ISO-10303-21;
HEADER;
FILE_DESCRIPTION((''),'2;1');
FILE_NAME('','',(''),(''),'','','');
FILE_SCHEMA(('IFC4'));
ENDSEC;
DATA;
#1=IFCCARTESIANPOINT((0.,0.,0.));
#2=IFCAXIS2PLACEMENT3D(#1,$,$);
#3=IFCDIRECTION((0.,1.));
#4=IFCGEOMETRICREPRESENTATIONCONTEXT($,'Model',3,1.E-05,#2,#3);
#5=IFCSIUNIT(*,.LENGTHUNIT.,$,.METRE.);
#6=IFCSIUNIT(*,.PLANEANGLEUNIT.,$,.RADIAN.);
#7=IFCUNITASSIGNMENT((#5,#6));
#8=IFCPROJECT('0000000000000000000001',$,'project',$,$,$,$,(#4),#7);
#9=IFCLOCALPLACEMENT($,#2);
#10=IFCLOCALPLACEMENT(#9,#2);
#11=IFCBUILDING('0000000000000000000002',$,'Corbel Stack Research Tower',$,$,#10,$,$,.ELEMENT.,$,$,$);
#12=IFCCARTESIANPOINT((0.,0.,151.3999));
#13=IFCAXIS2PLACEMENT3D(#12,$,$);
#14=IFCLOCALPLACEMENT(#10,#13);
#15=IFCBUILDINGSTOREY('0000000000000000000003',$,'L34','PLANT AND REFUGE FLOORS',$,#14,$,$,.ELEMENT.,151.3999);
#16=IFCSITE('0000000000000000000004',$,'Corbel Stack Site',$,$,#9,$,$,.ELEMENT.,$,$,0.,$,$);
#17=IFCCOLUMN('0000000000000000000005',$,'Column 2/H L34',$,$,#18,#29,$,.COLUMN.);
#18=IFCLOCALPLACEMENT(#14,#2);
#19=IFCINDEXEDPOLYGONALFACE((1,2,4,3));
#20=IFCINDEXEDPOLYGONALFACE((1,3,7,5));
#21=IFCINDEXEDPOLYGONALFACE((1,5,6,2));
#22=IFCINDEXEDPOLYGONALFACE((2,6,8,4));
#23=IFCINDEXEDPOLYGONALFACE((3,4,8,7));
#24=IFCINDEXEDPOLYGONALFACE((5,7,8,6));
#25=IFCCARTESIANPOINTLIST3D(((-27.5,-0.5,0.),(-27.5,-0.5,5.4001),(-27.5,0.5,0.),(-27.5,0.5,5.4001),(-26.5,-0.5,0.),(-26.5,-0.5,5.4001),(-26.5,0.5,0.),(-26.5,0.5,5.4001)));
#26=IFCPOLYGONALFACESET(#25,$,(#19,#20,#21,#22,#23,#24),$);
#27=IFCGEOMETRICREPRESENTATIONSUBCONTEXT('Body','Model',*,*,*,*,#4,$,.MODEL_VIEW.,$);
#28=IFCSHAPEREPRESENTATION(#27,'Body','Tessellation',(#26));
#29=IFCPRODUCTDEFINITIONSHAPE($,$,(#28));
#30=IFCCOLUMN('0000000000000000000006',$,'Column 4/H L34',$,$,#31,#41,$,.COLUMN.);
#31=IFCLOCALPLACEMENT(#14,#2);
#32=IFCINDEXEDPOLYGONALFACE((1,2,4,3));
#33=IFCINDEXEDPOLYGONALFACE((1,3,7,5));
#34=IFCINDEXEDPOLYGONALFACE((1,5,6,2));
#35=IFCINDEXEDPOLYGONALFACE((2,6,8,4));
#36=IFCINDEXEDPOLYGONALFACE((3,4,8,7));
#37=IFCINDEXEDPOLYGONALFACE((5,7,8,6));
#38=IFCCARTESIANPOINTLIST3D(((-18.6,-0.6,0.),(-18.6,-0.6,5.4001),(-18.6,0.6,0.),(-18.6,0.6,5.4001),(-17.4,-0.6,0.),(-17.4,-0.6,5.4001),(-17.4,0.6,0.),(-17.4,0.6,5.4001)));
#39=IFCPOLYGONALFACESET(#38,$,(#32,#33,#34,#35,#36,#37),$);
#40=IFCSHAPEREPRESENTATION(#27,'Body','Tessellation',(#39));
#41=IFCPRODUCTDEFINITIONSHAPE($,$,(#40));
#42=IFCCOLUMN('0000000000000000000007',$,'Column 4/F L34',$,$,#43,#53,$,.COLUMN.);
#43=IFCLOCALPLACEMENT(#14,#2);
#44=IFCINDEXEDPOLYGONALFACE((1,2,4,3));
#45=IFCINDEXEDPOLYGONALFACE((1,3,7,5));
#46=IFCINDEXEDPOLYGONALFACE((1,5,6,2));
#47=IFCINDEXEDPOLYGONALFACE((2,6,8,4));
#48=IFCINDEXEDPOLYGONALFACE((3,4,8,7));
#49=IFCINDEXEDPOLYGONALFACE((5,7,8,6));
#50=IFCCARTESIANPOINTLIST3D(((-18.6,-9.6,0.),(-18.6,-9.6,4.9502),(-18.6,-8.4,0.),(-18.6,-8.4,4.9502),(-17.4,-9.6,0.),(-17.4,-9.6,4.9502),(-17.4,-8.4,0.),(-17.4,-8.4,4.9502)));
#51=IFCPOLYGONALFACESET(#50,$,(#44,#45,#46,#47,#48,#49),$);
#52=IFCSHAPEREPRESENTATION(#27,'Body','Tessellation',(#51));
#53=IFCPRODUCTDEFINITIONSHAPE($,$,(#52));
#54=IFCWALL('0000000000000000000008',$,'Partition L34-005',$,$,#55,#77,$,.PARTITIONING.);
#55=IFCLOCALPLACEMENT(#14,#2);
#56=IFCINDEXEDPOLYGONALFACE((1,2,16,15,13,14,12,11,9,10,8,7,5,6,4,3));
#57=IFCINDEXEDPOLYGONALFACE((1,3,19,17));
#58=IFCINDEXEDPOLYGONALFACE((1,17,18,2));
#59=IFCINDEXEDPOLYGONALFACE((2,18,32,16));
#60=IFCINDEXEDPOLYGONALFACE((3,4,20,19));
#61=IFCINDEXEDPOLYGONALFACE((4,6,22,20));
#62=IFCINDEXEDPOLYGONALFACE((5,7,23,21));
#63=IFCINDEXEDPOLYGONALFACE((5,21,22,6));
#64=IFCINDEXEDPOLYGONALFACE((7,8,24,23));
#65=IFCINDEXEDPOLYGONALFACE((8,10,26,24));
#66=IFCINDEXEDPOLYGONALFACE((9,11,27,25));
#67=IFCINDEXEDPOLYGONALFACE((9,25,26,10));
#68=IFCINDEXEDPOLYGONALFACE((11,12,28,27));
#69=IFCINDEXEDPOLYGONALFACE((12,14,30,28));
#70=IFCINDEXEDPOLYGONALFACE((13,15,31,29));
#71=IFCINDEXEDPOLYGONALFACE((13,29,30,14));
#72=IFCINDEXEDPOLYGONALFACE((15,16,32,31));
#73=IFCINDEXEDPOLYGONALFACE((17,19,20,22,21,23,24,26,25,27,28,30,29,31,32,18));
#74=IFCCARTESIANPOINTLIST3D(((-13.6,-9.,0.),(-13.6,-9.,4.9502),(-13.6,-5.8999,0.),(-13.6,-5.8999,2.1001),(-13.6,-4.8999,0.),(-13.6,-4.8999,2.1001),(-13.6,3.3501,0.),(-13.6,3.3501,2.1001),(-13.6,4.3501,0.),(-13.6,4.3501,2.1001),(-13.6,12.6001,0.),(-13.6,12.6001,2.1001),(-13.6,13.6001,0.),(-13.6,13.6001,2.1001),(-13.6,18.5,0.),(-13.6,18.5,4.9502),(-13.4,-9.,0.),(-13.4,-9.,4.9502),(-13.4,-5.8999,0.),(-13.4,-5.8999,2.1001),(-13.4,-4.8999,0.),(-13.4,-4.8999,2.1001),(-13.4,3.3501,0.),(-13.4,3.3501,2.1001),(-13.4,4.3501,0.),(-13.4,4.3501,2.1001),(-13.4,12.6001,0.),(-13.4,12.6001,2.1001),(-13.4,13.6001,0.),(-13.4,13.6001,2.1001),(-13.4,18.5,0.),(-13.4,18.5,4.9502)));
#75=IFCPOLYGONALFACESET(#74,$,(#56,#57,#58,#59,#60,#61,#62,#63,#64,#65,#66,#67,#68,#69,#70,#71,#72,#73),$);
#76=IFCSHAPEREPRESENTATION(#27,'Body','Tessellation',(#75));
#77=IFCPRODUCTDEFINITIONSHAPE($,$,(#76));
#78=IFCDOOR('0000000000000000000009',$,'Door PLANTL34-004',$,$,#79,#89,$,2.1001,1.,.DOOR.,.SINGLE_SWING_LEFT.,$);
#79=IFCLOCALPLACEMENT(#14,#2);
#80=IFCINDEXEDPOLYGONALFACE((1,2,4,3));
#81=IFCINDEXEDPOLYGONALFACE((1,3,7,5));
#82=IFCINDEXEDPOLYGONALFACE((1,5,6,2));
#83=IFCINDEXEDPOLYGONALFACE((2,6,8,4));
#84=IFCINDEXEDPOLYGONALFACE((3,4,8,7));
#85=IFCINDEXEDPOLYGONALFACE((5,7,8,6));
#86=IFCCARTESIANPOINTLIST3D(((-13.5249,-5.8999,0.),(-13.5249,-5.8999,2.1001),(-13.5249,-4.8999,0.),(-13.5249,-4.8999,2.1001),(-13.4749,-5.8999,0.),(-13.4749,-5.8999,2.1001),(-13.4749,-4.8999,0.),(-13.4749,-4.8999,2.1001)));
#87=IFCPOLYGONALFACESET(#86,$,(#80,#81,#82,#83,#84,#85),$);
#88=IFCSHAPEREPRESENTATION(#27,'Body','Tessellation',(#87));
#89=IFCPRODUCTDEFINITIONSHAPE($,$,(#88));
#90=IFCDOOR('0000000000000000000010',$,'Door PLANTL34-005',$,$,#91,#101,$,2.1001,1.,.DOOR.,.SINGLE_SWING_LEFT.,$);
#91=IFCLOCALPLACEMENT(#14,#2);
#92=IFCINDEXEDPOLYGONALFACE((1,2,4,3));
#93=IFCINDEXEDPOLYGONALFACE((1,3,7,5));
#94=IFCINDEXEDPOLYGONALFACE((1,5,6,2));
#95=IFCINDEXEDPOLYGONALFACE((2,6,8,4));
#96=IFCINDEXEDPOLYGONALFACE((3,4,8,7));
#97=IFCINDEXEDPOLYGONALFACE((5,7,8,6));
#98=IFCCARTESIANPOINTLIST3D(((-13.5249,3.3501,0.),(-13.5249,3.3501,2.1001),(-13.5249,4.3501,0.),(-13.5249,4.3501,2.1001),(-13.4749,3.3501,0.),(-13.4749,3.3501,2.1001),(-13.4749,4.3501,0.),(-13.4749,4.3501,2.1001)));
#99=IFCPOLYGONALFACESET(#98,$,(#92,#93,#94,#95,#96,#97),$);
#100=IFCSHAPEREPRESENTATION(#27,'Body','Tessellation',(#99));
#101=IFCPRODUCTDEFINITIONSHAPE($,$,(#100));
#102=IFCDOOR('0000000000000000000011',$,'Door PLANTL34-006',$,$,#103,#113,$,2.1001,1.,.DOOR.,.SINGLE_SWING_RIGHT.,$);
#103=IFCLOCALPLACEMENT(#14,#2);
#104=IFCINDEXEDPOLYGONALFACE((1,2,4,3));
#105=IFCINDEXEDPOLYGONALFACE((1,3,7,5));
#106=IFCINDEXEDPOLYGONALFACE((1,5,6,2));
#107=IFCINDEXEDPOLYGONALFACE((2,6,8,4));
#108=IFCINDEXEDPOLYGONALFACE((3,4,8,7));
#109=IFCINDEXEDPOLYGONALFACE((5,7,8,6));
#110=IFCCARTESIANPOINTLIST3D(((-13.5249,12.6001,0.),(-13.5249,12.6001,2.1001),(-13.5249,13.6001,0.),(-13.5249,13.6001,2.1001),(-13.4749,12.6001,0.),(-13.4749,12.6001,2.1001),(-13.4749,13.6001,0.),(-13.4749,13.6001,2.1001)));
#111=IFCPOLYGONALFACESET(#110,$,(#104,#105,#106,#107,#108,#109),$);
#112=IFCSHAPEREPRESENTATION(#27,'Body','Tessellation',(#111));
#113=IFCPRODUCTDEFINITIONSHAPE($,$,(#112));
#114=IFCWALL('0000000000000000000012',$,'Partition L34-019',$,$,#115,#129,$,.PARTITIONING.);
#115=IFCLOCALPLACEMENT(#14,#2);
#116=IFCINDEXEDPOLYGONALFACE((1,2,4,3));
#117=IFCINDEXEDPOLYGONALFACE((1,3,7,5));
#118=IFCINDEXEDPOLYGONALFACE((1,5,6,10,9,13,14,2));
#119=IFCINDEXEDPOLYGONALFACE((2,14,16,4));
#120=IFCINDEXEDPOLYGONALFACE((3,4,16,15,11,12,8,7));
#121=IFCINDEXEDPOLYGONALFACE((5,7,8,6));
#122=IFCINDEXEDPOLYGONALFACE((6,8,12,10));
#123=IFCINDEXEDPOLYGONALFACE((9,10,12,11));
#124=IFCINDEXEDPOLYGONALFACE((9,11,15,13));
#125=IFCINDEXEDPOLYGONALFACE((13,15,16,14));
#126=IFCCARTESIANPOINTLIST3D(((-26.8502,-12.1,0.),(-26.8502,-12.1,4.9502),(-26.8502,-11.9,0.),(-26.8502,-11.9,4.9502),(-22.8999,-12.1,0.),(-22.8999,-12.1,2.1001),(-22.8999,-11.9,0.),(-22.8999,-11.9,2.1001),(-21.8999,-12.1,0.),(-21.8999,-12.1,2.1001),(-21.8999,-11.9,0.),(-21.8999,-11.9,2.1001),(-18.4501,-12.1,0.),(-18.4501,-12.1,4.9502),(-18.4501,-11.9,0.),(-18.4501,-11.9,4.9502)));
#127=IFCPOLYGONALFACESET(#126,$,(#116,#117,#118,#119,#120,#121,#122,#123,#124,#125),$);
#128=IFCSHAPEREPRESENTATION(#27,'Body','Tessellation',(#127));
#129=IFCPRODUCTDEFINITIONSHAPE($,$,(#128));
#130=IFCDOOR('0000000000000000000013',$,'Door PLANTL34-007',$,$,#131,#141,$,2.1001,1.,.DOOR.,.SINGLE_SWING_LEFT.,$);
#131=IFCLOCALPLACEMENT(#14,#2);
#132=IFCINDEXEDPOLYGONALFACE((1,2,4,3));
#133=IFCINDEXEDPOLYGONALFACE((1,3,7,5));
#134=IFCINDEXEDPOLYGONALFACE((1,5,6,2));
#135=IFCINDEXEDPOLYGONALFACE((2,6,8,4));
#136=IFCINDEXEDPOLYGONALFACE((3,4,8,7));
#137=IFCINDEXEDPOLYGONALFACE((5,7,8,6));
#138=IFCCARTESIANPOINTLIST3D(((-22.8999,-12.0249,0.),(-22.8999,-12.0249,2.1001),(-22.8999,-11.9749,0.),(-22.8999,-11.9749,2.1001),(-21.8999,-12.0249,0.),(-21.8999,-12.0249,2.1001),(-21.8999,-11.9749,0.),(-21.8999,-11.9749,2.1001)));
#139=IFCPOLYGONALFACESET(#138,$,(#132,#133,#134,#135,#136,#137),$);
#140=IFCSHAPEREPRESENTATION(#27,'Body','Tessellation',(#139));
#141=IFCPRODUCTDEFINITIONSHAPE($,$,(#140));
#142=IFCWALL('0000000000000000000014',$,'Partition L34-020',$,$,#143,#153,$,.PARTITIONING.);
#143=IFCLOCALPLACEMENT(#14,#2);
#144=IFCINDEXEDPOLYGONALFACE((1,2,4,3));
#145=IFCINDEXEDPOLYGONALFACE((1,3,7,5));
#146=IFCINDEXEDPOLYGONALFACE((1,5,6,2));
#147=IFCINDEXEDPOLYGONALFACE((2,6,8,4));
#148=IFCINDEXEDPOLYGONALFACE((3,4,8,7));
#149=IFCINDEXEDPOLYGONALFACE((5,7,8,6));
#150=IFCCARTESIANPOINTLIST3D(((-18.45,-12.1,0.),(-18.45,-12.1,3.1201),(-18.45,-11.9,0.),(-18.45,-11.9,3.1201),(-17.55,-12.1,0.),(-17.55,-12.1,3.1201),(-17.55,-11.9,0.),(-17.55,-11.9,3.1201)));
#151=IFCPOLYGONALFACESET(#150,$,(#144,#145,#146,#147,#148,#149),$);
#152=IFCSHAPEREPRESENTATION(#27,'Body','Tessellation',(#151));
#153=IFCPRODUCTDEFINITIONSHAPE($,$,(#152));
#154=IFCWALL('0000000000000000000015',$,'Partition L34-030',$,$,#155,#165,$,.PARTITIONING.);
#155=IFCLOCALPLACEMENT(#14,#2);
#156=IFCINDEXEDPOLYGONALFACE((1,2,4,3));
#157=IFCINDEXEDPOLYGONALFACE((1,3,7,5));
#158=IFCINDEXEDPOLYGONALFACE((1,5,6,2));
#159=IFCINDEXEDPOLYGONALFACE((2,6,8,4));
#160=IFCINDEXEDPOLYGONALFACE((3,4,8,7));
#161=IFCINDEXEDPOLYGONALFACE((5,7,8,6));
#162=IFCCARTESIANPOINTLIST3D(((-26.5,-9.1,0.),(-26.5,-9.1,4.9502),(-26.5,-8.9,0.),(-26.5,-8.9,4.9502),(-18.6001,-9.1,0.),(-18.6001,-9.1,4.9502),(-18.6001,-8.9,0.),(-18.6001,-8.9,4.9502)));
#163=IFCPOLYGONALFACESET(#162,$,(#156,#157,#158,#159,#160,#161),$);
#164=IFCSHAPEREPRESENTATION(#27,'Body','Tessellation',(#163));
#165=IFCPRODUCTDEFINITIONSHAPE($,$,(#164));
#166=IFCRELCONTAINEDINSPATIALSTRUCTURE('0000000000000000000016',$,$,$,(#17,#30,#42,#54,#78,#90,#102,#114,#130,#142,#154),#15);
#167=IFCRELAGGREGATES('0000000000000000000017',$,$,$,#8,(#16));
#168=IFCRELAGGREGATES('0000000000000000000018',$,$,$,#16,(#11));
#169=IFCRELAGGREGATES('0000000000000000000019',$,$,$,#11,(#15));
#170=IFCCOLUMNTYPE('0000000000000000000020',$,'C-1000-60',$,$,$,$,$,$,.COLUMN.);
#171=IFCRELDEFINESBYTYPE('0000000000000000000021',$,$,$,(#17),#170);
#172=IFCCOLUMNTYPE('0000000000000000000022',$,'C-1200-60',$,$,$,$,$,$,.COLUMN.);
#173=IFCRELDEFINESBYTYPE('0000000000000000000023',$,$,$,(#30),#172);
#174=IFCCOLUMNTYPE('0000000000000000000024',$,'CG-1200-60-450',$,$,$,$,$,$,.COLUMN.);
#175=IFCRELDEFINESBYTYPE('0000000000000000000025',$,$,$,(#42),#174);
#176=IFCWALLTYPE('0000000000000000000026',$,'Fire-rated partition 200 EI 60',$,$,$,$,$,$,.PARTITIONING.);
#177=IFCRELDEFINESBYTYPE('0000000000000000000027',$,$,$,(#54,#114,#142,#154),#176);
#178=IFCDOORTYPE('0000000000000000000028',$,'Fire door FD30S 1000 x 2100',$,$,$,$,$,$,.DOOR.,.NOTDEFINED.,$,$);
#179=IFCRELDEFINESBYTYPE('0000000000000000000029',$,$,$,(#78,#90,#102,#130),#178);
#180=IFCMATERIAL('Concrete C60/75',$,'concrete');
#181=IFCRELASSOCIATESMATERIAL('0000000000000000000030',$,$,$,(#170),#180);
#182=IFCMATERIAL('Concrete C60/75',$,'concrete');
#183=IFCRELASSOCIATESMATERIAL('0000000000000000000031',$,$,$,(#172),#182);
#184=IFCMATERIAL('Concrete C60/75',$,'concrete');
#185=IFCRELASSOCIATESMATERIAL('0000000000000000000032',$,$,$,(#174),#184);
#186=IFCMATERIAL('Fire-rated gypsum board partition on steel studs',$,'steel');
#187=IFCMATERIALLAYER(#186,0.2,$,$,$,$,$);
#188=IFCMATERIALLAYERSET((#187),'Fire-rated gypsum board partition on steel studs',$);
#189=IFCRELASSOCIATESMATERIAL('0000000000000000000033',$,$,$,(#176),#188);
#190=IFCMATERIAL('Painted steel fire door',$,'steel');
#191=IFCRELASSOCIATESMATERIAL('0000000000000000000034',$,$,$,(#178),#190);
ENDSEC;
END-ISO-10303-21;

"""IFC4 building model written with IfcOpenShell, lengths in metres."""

from ifc_helpers import new_model, si_unit, direction, frame, frame_2d, origin, origin_2d, place, context, subcontext, project, spatial, rectangle, extrude, material, layer, layer_set, material_profile, profile_set, type_object, element, fill, save


model = new_model("IFC4")

# Units and contexts
model_context = context("Model", 3, precision=1e-05, world=origin(), true_north=direction((0.0, 1.0)))
body_context = subcontext(model_context, "Body", "Model", "MODEL_VIEW")
ifc_project = project(units=[si_unit("LENGTHUNIT", "METRE"), si_unit("PLANEANGLEUNIT", "RADIAN")], contexts=[model_context])

# Site, building, storey
site_placement = place(None, origin())
site = spatial("IfcSite", under=ifc_project, at=site_placement, Name="Corbel Stack Site", CompositionType="ELEMENT", RefElevation=0.0)
building_placement = place(site_placement, origin())
building = spatial("IfcBuilding", under=site, at=building_placement, Name="Corbel Stack Research Tower", CompositionType="ELEMENT")
storey_placement = place(building_placement, frame((0.0, 0.0, 151.3999)))
storey = spatial("IfcBuildingStorey", under=building, at=storey_placement, Name="L34", Description="PLANT AND REFUGE FLOORS", CompositionType="ELEMENT", Elevation=151.3999)

# Columns
ifc_material_1 = material(Name="Concrete C60/75", Category="concrete")
ifc_material_profile_1 = material_profile(ifc_material_1, rectangle(XDim=1.0, YDim=1.0, at=origin_2d()), Name="RC 1000 x 1000")
ifc_profile_set_1 = profile_set([ifc_material_profile_1], Name="Concrete C60/75")
column_type_1 = type_object("IfcColumnType", Name="C-1000-60", PredefinedType="COLUMN", material=ifc_profile_set_1)
column_1_placement = place(storey_placement, frame((-27.0, 0.0, 0.0), z_axis=(0.0, 0.0, 1.0), x_axis=(1.0, 0.0, 0.0)))
element("IfcColumn", 1, at=column_1_placement, inside=storey, type_object=column_type_1, Name="Column 2/H L34", PredefinedType="COLUMN", context=body_context, shape_type="SweptSolid", body=[
    extrude(rectangle(XDim=1.0, YDim=1.0, at=origin_2d()), origin(), (0.0, 0.0, 1.0), 5.4001),
])
ifc_material_2 = material(Name="Concrete C60/75", Category="concrete")
ifc_material_profile_2 = material_profile(ifc_material_2, rectangle(XDim=1.2, YDim=1.2, at=origin_2d()), Name="RC 1200 x 1200")
ifc_profile_set_2 = profile_set([ifc_material_profile_2], Name="Concrete C60/75")
column_type_2 = type_object("IfcColumnType", Name="C-1200-60", PredefinedType="COLUMN", material=ifc_profile_set_2)
column_2_placement = place(storey_placement, frame((-18.0, 0.0, 0.0), z_axis=(0.0, 0.0, 1.0), x_axis=(1.0, 0.0, 0.0)))
element("IfcColumn", 2, at=column_2_placement, inside=storey, type_object=column_type_2, Name="Column 4/H L34", PredefinedType="COLUMN", context=body_context, shape_type="SweptSolid", body=[
    extrude(rectangle(XDim=1.2, YDim=1.2, at=origin_2d()), origin(), (0.0, 0.0, 1.0), 5.4001),
])
ifc_material_3 = material(Name="Concrete C60/75", Category="concrete")
ifc_material_profile_3 = material_profile(ifc_material_3, rectangle(XDim=1.2, YDim=1.2, at=origin_2d()), Name="RC 1200 x 1200")
ifc_profile_set_3 = profile_set([ifc_material_profile_3], Name="Concrete C60/75")
column_type_3 = type_object("IfcColumnType", Name="CG-1200-60-450", PredefinedType="COLUMN", material=ifc_profile_set_3)
column_3_placement = place(storey_placement, frame((-18.0, -9.0, 0.0), z_axis=(0.0, 0.0, 1.0), x_axis=(1.0, 0.0, 0.0)))
element("IfcColumn", 3, at=column_3_placement, inside=storey, type_object=column_type_3, Name="Column 4/F L34", PredefinedType="COLUMN", context=body_context, shape_type="SweptSolid", body=[
    extrude(rectangle(XDim=1.2, YDim=1.2, at=origin_2d()), origin(), (0.0, 0.0, 1.0), 4.9502),
])

# Wall, openings, doors
ifc_material_4 = material(Name="Fire-rated gypsum board partition on steel studs", Category="steel")
ifc_layer_1 = layer(ifc_material_4, 0.2)
ifc_layer_set_1 = layer_set([ifc_layer_1], Name="Fire-rated gypsum board partition on steel studs")
wall_type_1 = type_object("IfcWallType", Name="Fire-rated partition 200 EI 60", PredefinedType="PARTITIONING", material=ifc_layer_set_1)
wall_1_placement = place(storey_placement, frame((-13.5, -9.0, 0.0), z_axis=(0.0, 0.0, 1.0), x_axis=(0.0, 1.0, 0.0)))
wall_1 = element("IfcWall", 4, at=wall_1_placement, inside=storey, type_object=wall_type_1, Name="Partition L34-005", PredefinedType="PARTITIONING", context=body_context, shape_type="SweptSolid", body=[
    extrude(rectangle(XDim=27.5, YDim=0.2, at=frame_2d((13.75, 0.0))), origin(), (0.0, 0.0, 1.0), 4.9502),
])
opening_1_placement = place(wall_1_placement, frame((3.1001, 0.0, 0.0)))
opening_1 = element("IfcOpeningElement", 5, at=opening_1_placement, cuts=wall_1, PredefinedType="OPENING", context=body_context, shape_type="SweptSolid", body=[
    extrude(rectangle(XDim=1.0, YDim=2.1001, at=frame_2d((0.5, 1.05))), frame((0.0, 0.1099, 0.0), z_axis=(0.0, -1.0, 0.0), x_axis=(1.0, 0.0, 0.0)), (0.0, 0.0, 1.0), 0.22),
])
opening_2_placement = place(wall_1_placement, frame((12.3501, 0.0, 0.0)))
opening_2 = element("IfcOpeningElement", 6, at=opening_2_placement, cuts=wall_1, PredefinedType="OPENING", context=body_context, shape_type="SweptSolid", body=[
    extrude(rectangle(XDim=1.0, YDim=2.1001, at=frame_2d((0.5, 1.05))), frame((0.0, 0.1099, 0.0), z_axis=(0.0, -1.0, 0.0), x_axis=(1.0, 0.0, 0.0)), (0.0, 0.0, 1.0), 0.22),
])
opening_3_placement = place(wall_1_placement, frame((21.6001, 0.0, 0.0)))
opening_3 = element("IfcOpeningElement", 7, at=opening_3_placement, cuts=wall_1, PredefinedType="OPENING", context=body_context, shape_type="SweptSolid", body=[
    extrude(rectangle(XDim=1.0, YDim=2.1001, at=frame_2d((0.5, 1.05))), frame((0.0, 0.1099, 0.0), z_axis=(0.0, -1.0, 0.0), x_axis=(1.0, 0.0, 0.0)), (0.0, 0.0, 1.0), 0.22),
])
ifc_material_5 = material(Name="Painted steel fire door", Category="steel")
door_type_1 = type_object("IfcDoorType", Name="Fire door FD30S 1000 x 2100", OperationType="NOTDEFINED", PredefinedType="DOOR", material=ifc_material_5)
door_1_placement = place(opening_1_placement, origin())
door_1 = element("IfcDoor", 8, at=door_1_placement, inside=storey, type_object=door_type_1, Name="Door PLANTL34-004", OperationType="SINGLE_SWING_LEFT", OverallHeight=2.1001, OverallWidth=1.0, PredefinedType="DOOR", context=body_context, shape_type="SweptSolid", body=[
    extrude(rectangle(XDim=1.0, YDim=2.1001, at=frame_2d((0.5, 1.05))), frame((0.0, 0.0249, 0.0), z_axis=(0.0, -1.0, 0.0), x_axis=(1.0, 0.0, 0.0)), (0.0, 0.0, 1.0), 0.05),
])
fill(opening_1, door_1)
door_2_placement = place(opening_2_placement, origin())
door_2 = element("IfcDoor", 9, at=door_2_placement, inside=storey, type_object=door_type_1, Name="Door PLANTL34-005", OperationType="SINGLE_SWING_LEFT", OverallHeight=2.1001, OverallWidth=1.0, PredefinedType="DOOR", context=body_context, shape_type="SweptSolid", body=[
    extrude(rectangle(XDim=1.0, YDim=2.1001, at=frame_2d((0.5, 1.05))), frame((0.0, 0.0249, 0.0), z_axis=(0.0, -1.0, 0.0), x_axis=(1.0, 0.0, 0.0)), (0.0, 0.0, 1.0), 0.05),
])
fill(opening_2, door_2)
door_3_placement = place(opening_3_placement, origin())
door_3 = element("IfcDoor", 10, at=door_3_placement, inside=storey, type_object=door_type_1, Name="Door PLANTL34-006", OperationType="SINGLE_SWING_RIGHT", OverallHeight=2.1001, OverallWidth=1.0, PredefinedType="DOOR", context=body_context, shape_type="SweptSolid", body=[
    extrude(rectangle(XDim=1.0, YDim=2.1001, at=frame_2d((0.5, 1.05))), frame((0.0, 0.0249, 0.0), z_axis=(0.0, -1.0, 0.0), x_axis=(1.0, 0.0, 0.0)), (0.0, 0.0, 1.0), 0.05),
])
fill(opening_3, door_3)

# Wall, opening, door
wall_2_placement = place(storey_placement, frame((-18.45, -12.0, 0.0), z_axis=(0.0, 0.0, 1.0), x_axis=(-1.0, 0.0, 0.0)))
wall_2 = element("IfcWall", 11, at=wall_2_placement, inside=storey, type_object=wall_type_1, Name="Partition L34-019", PredefinedType="PARTITIONING", context=body_context, shape_type="SweptSolid", body=[
    extrude(rectangle(XDim=8.4001, YDim=0.2, at=frame_2d((4.2002, 0.0))), origin(), (0.0, 0.0, 1.0), 4.9502),
])
opening_4_placement = place(wall_2_placement, frame((3.45, 0.0, 0.0)))
opening_4 = element("IfcOpeningElement", 12, at=opening_4_placement, cuts=wall_2, PredefinedType="OPENING", context=body_context, shape_type="SweptSolid", body=[
    extrude(rectangle(XDim=1.0, YDim=2.1001, at=frame_2d((0.5, 1.05))), frame((0.0, 0.1099, 0.0), z_axis=(0.0, -1.0, 0.0), x_axis=(1.0, 0.0, 0.0)), (0.0, 0.0, 1.0), 0.22),
])
door_4_placement = place(opening_4_placement, origin())
door_4 = element("IfcDoor", 13, at=door_4_placement, inside=storey, type_object=door_type_1, Name="Door PLANTL34-007", OperationType="SINGLE_SWING_LEFT", OverallHeight=2.1001, OverallWidth=1.0, PredefinedType="DOOR", context=body_context, shape_type="SweptSolid", body=[
    extrude(rectangle(XDim=1.0, YDim=2.1001, at=frame_2d((0.5, 1.05))), frame((0.0, 0.0249, 0.0), z_axis=(0.0, -1.0, 0.0), x_axis=(1.0, 0.0, 0.0)), (0.0, 0.0, 1.0), 0.05),
])
fill(opening_4, door_4)

# Walls
wall_3_placement = place(storey_placement, frame((-18.45, -12.0, 0.0), z_axis=(0.0, 0.0, 1.0), x_axis=(1.0, 0.0, 0.0)))
element("IfcWall", 14, at=wall_3_placement, inside=storey, type_object=wall_type_1, Name="Partition L34-020", PredefinedType="PARTITIONING", context=body_context, shape_type="SweptSolid", body=[
    extrude(rectangle(XDim=0.8999, YDim=0.2, at=frame_2d((0.45, 0.0))), origin(), (0.0, 0.0, 1.0), 3.1201),
])
wall_4_placement = place(storey_placement, frame((-26.5, -9.0, 0.0), z_axis=(0.0, 0.0, 1.0), x_axis=(1.0, 0.0, 0.0)))
element("IfcWall", 15, at=wall_4_placement, inside=storey, type_object=wall_type_1, Name="Partition L34-030", PredefinedType="PARTITIONING", context=body_context, shape_type="SweptSolid", body=[
    extrude(rectangle(XDim=7.8999, YDim=0.2, at=frame_2d((3.95, 0.0))), origin(), (0.0, 0.0, 1.0), 4.9502),
])

save(model, "model.ifc")
